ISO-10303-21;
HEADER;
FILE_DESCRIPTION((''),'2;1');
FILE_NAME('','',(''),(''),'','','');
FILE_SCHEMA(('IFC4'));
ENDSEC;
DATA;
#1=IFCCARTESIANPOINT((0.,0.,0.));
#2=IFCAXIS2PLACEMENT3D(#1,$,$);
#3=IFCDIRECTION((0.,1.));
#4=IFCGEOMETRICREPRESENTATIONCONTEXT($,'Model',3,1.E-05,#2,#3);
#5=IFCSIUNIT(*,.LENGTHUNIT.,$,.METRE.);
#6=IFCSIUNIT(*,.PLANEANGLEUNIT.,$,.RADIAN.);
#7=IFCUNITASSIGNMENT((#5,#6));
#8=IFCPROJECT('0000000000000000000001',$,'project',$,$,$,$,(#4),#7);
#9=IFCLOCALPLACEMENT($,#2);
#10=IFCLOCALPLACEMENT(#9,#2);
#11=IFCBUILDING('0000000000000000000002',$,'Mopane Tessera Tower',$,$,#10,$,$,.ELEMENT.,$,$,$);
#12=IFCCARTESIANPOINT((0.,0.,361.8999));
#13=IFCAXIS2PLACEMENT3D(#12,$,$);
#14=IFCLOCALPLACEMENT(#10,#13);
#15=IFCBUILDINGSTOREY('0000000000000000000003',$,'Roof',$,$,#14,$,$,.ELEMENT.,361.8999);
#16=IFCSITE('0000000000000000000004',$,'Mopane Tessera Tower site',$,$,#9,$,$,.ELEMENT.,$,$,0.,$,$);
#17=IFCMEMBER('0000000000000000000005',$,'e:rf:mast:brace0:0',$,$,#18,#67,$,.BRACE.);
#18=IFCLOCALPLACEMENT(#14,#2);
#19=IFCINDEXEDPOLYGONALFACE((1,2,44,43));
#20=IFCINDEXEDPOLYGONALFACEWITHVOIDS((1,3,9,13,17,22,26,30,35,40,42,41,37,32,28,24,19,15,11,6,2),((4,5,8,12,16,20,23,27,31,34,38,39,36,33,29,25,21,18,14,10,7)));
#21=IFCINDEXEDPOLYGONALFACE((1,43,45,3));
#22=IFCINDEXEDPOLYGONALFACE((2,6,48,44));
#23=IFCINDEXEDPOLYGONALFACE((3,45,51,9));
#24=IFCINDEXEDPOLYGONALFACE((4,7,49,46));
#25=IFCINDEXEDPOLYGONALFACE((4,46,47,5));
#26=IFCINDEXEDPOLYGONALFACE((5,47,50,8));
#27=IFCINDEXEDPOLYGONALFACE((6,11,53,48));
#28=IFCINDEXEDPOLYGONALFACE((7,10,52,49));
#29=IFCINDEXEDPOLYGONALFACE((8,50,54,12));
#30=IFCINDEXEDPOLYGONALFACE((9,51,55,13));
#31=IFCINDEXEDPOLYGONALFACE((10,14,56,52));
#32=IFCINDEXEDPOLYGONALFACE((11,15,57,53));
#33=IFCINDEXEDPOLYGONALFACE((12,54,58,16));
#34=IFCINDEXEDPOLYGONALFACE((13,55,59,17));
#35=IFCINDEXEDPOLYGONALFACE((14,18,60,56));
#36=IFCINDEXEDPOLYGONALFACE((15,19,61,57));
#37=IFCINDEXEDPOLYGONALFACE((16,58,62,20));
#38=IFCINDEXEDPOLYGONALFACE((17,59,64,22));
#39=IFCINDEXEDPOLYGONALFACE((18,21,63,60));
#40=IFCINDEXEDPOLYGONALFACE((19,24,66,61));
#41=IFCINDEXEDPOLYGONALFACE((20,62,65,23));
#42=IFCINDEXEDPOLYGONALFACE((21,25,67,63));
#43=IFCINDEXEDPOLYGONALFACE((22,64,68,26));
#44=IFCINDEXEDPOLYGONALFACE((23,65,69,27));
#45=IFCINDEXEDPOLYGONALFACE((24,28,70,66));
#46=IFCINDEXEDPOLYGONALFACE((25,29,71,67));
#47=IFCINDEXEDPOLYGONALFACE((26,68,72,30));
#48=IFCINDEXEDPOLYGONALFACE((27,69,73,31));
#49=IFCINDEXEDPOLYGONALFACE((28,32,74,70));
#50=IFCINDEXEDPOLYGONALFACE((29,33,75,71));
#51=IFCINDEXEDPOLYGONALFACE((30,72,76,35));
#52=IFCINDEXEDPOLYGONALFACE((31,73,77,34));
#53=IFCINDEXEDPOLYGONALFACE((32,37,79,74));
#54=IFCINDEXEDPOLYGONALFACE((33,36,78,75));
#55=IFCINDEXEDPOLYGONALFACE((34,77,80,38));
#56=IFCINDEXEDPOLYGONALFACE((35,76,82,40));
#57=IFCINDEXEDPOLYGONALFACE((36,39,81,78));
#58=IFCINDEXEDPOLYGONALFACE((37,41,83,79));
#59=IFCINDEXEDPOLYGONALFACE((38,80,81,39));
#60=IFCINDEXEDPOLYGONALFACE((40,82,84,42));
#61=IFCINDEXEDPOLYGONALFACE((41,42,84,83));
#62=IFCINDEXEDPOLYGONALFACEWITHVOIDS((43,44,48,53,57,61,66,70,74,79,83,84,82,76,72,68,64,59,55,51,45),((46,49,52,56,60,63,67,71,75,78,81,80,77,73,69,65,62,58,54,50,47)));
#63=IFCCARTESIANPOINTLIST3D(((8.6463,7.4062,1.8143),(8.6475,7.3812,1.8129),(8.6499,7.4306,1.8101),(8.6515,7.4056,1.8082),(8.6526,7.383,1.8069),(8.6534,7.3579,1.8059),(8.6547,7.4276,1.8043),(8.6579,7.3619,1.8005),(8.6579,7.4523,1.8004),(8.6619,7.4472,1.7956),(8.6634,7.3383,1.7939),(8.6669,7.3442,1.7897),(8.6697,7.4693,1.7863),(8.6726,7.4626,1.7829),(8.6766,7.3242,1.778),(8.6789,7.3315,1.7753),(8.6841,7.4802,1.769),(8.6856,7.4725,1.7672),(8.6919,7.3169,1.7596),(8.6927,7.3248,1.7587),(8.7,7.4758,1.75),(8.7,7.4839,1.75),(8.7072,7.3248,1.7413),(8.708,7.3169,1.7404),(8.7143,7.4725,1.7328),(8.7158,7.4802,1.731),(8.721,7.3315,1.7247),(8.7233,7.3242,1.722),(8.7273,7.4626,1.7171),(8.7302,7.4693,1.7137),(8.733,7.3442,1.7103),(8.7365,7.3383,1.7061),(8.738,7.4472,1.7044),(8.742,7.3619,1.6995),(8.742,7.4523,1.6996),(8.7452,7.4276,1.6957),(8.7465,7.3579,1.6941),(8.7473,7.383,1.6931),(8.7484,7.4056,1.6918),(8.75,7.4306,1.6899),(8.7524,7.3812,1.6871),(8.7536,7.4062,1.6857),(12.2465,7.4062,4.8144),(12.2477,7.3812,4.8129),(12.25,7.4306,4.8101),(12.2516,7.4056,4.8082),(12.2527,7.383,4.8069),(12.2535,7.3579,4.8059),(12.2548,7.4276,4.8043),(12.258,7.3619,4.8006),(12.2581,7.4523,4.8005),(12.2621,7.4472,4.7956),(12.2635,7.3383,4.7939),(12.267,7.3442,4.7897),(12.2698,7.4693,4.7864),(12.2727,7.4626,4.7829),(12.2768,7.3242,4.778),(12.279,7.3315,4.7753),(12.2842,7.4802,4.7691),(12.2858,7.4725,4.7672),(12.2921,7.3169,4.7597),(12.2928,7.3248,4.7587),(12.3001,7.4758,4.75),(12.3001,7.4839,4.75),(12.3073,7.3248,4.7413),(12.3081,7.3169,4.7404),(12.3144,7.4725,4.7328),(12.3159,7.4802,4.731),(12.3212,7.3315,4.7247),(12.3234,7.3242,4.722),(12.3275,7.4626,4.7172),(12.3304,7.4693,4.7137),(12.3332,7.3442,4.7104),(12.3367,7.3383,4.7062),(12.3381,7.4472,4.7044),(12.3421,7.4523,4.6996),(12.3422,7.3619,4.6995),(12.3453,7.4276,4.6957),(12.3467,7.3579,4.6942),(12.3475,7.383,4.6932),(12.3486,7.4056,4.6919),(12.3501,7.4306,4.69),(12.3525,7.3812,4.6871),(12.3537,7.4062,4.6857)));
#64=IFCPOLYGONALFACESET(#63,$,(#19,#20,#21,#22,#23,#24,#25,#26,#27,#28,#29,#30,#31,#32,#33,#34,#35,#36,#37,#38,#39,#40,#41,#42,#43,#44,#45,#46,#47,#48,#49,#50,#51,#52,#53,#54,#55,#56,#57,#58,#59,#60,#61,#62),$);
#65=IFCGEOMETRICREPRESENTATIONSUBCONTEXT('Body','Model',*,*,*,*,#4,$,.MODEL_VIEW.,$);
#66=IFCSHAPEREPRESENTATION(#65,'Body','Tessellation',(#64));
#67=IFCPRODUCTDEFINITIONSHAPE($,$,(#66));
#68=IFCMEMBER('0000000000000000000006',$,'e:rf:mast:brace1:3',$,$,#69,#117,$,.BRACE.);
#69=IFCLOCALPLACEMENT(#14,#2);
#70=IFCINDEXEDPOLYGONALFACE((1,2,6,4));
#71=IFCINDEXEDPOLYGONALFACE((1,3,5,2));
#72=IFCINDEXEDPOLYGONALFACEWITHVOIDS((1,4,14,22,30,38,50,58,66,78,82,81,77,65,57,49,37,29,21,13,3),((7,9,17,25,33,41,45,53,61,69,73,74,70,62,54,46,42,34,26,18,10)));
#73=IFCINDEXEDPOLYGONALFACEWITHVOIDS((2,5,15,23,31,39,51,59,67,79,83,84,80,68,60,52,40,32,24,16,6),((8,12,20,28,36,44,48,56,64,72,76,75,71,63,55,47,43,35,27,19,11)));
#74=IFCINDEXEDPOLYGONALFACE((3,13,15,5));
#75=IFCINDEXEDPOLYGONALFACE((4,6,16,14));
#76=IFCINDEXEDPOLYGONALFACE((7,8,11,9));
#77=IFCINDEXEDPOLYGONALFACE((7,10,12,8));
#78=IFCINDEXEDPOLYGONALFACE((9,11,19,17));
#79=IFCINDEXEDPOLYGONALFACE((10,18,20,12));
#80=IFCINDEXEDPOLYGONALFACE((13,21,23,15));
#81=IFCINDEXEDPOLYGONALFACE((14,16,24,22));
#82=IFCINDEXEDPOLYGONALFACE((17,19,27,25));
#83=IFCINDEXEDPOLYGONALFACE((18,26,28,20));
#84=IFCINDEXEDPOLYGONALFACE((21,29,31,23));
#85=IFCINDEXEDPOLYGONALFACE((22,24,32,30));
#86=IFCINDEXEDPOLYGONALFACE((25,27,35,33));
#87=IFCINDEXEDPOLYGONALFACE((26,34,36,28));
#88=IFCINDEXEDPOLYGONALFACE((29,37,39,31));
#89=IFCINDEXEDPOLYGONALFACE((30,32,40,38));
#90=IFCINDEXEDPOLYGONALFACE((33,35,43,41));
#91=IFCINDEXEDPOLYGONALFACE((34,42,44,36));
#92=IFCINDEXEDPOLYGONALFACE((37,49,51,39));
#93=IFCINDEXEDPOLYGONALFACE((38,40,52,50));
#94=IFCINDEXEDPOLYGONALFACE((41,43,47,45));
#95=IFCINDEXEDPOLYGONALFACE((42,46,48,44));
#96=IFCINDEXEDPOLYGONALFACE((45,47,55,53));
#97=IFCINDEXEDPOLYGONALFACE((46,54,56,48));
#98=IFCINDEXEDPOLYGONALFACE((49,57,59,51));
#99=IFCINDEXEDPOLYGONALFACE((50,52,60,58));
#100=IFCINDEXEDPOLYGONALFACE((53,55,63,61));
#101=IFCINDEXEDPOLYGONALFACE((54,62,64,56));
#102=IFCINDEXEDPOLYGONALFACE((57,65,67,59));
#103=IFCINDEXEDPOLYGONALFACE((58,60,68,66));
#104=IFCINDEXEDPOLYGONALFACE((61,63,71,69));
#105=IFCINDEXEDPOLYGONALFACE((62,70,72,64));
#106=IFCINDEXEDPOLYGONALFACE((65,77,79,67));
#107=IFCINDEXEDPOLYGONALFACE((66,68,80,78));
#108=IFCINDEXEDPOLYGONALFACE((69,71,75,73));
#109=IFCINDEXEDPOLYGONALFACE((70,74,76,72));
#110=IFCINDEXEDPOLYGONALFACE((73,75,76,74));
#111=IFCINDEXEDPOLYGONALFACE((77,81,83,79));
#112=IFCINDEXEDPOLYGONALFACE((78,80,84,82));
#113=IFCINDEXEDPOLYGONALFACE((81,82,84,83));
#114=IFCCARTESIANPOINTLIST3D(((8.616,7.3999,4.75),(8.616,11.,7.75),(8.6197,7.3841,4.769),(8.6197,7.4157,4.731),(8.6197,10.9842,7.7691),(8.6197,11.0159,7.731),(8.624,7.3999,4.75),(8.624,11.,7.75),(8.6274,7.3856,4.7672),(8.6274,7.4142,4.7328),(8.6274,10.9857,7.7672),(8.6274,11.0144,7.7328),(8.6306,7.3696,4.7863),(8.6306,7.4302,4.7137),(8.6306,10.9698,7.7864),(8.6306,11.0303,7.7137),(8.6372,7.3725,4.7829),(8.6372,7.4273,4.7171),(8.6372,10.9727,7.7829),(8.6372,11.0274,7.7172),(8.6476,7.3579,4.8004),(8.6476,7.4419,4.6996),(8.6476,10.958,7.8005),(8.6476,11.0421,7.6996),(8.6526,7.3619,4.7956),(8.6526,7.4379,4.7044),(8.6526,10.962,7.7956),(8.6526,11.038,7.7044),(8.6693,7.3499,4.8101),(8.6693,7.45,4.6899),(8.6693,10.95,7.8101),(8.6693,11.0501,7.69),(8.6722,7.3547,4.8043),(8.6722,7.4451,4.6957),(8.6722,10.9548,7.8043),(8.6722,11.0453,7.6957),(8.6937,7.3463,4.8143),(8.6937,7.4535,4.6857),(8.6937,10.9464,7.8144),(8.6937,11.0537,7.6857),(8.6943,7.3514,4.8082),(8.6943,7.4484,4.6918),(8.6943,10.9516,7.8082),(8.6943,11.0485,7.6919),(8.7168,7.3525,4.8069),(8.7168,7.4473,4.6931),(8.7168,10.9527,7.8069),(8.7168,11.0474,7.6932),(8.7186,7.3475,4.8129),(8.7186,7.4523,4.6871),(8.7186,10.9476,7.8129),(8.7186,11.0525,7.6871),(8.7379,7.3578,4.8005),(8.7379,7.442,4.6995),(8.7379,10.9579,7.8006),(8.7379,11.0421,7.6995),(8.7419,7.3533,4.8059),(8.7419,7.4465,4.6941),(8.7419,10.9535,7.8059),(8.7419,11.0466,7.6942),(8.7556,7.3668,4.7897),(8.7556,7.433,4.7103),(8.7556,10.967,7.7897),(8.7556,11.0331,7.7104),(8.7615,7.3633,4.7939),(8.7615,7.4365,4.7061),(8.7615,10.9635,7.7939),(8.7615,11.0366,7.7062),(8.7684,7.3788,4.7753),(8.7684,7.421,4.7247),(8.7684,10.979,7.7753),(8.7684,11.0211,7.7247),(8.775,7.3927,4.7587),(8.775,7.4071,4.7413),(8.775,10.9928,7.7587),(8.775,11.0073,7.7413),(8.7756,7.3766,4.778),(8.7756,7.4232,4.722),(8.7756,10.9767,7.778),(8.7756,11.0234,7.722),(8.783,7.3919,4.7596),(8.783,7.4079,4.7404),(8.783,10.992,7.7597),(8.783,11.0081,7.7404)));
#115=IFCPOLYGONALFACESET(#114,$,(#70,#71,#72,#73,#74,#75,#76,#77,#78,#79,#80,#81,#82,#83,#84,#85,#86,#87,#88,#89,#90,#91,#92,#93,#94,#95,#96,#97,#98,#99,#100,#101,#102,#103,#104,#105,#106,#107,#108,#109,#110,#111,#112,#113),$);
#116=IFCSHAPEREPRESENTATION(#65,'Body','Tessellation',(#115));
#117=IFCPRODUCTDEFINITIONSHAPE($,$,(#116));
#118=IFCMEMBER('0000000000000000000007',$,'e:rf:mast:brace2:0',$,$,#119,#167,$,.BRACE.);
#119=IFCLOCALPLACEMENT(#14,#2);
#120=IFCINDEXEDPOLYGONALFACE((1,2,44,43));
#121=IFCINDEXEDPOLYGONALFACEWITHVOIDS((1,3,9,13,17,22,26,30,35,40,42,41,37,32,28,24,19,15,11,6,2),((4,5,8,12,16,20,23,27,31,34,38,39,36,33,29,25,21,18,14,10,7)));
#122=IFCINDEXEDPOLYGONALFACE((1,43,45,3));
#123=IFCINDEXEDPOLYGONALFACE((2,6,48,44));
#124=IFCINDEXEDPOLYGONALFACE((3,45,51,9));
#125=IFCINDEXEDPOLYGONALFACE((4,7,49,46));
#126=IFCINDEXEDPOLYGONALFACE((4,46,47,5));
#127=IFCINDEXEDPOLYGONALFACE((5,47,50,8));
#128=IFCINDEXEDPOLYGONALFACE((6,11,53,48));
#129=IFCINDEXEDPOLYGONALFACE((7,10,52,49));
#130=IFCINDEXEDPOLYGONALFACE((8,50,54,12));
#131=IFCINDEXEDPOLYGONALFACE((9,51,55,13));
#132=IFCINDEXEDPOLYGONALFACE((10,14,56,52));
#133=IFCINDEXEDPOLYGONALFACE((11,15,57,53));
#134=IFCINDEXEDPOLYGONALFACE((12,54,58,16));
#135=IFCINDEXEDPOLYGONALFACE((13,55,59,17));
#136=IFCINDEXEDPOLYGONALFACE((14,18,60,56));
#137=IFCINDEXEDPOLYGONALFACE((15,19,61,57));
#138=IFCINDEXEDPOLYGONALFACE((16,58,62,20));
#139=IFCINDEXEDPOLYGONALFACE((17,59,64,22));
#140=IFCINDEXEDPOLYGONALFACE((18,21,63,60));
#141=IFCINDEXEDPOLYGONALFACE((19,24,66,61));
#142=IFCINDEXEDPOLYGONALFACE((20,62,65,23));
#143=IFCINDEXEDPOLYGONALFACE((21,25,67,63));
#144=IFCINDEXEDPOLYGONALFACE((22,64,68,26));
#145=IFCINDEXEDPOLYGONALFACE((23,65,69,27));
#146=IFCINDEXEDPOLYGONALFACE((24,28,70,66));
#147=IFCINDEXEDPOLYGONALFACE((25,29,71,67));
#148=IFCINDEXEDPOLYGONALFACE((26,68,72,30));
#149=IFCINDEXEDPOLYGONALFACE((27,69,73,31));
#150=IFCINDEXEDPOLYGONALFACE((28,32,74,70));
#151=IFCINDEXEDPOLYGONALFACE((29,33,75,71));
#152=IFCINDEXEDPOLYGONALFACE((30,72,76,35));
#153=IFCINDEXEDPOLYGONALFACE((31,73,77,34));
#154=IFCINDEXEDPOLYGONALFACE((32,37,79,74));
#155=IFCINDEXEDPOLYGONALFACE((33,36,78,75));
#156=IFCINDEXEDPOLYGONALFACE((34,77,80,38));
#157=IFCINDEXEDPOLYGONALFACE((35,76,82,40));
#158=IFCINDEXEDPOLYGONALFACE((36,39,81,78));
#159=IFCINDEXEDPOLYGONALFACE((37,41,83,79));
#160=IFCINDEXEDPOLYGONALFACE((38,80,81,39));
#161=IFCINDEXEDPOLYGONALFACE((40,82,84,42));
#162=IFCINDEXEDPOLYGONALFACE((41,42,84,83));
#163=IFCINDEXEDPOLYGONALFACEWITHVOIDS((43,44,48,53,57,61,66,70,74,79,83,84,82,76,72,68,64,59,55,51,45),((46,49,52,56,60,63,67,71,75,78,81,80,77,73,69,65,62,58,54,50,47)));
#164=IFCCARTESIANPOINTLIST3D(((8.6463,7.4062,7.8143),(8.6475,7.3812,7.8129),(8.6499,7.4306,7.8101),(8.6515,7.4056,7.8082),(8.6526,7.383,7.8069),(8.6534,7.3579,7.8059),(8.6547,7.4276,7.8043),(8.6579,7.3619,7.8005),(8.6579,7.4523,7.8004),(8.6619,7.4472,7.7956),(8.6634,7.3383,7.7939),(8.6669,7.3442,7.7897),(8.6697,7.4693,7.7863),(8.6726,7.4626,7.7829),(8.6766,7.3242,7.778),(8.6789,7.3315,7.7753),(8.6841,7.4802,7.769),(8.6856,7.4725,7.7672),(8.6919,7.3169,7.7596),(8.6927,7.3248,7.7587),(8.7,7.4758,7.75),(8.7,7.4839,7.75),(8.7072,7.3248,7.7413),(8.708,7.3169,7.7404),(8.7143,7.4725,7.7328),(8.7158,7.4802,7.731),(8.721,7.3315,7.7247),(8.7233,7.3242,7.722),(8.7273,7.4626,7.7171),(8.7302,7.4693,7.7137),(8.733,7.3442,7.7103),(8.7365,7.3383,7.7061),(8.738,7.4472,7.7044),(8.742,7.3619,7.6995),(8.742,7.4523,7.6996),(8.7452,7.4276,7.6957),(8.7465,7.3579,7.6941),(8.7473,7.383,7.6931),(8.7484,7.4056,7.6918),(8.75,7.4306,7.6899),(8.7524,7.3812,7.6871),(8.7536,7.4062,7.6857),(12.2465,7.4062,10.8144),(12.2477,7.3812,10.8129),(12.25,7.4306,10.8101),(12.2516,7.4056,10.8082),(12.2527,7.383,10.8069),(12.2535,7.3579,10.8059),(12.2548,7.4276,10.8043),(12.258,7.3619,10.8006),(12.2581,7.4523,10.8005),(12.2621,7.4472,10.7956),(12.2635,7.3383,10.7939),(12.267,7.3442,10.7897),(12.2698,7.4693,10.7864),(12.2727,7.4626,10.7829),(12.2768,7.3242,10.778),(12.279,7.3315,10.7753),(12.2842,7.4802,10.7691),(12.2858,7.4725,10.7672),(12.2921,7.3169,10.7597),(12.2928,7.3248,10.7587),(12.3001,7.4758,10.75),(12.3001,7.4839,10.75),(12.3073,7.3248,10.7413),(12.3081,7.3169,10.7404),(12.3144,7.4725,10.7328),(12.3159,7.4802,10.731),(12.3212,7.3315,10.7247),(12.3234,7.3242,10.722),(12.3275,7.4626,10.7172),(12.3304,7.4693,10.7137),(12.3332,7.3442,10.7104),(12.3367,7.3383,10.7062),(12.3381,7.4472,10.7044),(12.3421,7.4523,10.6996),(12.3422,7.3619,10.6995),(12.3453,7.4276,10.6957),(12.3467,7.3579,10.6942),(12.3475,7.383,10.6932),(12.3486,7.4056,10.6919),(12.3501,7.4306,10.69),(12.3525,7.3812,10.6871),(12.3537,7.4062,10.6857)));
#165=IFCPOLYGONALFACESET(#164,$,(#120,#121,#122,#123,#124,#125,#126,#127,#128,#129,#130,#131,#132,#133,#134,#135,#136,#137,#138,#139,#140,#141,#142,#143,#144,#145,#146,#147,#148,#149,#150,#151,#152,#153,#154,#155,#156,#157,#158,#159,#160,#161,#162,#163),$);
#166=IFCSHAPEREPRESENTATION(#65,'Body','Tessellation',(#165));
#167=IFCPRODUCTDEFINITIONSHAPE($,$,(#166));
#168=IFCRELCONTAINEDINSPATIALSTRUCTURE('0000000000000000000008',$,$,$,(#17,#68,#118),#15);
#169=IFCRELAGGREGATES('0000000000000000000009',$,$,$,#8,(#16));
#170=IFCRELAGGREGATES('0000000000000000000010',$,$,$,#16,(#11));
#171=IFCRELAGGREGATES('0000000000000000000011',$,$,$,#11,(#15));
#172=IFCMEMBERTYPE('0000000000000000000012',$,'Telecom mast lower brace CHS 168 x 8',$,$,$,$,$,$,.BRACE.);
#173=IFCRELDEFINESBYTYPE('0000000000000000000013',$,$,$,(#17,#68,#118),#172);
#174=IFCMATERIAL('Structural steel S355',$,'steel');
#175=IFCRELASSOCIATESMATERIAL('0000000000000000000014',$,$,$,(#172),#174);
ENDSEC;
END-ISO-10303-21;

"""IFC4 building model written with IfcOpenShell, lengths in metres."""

from ifc_helpers import new_model, si_unit, direction, frame, origin, origin_2d, place, context, subcontext, project, spatial, hollow_circle, extrude, material, material_profile, profile_set, type_object, element, save


model = new_model("IFC4")

# Units and contexts
model_context = context("Model", 3, precision=1e-05, world=origin(), true_north=direction((0.0, 1.0)))
body_context = subcontext(model_context, "Body", "Model", "MODEL_VIEW")
ifc_project = project(units=[si_unit("LENGTHUNIT", "METRE"), si_unit("PLANEANGLEUNIT", "RADIAN")], contexts=[model_context])

# Site, building, storey
site_placement = place(None, origin())
site = spatial("IfcSite", under=ifc_project, at=site_placement, Name="Mopane Tessera Tower site", CompositionType="ELEMENT", RefElevation=0.0)
building_placement = place(site_placement, origin())
building = spatial("IfcBuilding", under=site, at=building_placement, Name="Mopane Tessera Tower", CompositionType="ELEMENT")
storey_placement = place(building_placement, frame((0.0, 0.0, 361.8999)))
storey = spatial("IfcBuildingStorey", under=building, at=storey_placement, Name="Roof", CompositionType="ELEMENT", Elevation=361.8999)

# Members
ifc_material_1 = material(Name="Structural steel S355", Category="steel")
ifc_material_profile_1 = material_profile(ifc_material_1, hollow_circle(Radius=0.084, WallThickness=0.0081, at=origin_2d()))
ifc_profile_set_1 = profile_set([ifc_material_profile_1], Name="Structural steel S355")
member_type_1 = type_object("IfcMemberType", Name="Telecom mast lower brace CHS 168 x 8", PredefinedType="BRACE", material=ifc_profile_set_1)
for number, where, z_axis, x_axis, name in (
    (1, (8.7, 7.3999, 1.75), (0.76823, 0.0, 0.640174), (0.0, 1.0, 0.0), "e:rf:mast:brace0:0"),
    (2, (8.7, 7.3999, 4.75), (0.0, 0.76823, 0.640174), (-1.0, 0.0, 0.0), "e:rf:mast:brace1:3"),
    (3, (8.7, 7.3999, 7.75), (0.76823, 0.0, 0.640174), (0.0, 1.0, 0.0), "e:rf:mast:brace2:0"),
):
    element("IfcMember", number, at=place(storey_placement, frame(where, z_axis=z_axis, x_axis=x_axis)), inside=storey, type_object=member_type_1, Name=name, PredefinedType="BRACE", context=body_context, shape_type="SweptSolid", body=[
        extrude(hollow_circle(Radius=0.084, WallThickness=0.0081, at=origin_2d()), origin(), (0.0, 0.0, 1.0), 4.6863),
    ])

save(model, "model.ifc")
